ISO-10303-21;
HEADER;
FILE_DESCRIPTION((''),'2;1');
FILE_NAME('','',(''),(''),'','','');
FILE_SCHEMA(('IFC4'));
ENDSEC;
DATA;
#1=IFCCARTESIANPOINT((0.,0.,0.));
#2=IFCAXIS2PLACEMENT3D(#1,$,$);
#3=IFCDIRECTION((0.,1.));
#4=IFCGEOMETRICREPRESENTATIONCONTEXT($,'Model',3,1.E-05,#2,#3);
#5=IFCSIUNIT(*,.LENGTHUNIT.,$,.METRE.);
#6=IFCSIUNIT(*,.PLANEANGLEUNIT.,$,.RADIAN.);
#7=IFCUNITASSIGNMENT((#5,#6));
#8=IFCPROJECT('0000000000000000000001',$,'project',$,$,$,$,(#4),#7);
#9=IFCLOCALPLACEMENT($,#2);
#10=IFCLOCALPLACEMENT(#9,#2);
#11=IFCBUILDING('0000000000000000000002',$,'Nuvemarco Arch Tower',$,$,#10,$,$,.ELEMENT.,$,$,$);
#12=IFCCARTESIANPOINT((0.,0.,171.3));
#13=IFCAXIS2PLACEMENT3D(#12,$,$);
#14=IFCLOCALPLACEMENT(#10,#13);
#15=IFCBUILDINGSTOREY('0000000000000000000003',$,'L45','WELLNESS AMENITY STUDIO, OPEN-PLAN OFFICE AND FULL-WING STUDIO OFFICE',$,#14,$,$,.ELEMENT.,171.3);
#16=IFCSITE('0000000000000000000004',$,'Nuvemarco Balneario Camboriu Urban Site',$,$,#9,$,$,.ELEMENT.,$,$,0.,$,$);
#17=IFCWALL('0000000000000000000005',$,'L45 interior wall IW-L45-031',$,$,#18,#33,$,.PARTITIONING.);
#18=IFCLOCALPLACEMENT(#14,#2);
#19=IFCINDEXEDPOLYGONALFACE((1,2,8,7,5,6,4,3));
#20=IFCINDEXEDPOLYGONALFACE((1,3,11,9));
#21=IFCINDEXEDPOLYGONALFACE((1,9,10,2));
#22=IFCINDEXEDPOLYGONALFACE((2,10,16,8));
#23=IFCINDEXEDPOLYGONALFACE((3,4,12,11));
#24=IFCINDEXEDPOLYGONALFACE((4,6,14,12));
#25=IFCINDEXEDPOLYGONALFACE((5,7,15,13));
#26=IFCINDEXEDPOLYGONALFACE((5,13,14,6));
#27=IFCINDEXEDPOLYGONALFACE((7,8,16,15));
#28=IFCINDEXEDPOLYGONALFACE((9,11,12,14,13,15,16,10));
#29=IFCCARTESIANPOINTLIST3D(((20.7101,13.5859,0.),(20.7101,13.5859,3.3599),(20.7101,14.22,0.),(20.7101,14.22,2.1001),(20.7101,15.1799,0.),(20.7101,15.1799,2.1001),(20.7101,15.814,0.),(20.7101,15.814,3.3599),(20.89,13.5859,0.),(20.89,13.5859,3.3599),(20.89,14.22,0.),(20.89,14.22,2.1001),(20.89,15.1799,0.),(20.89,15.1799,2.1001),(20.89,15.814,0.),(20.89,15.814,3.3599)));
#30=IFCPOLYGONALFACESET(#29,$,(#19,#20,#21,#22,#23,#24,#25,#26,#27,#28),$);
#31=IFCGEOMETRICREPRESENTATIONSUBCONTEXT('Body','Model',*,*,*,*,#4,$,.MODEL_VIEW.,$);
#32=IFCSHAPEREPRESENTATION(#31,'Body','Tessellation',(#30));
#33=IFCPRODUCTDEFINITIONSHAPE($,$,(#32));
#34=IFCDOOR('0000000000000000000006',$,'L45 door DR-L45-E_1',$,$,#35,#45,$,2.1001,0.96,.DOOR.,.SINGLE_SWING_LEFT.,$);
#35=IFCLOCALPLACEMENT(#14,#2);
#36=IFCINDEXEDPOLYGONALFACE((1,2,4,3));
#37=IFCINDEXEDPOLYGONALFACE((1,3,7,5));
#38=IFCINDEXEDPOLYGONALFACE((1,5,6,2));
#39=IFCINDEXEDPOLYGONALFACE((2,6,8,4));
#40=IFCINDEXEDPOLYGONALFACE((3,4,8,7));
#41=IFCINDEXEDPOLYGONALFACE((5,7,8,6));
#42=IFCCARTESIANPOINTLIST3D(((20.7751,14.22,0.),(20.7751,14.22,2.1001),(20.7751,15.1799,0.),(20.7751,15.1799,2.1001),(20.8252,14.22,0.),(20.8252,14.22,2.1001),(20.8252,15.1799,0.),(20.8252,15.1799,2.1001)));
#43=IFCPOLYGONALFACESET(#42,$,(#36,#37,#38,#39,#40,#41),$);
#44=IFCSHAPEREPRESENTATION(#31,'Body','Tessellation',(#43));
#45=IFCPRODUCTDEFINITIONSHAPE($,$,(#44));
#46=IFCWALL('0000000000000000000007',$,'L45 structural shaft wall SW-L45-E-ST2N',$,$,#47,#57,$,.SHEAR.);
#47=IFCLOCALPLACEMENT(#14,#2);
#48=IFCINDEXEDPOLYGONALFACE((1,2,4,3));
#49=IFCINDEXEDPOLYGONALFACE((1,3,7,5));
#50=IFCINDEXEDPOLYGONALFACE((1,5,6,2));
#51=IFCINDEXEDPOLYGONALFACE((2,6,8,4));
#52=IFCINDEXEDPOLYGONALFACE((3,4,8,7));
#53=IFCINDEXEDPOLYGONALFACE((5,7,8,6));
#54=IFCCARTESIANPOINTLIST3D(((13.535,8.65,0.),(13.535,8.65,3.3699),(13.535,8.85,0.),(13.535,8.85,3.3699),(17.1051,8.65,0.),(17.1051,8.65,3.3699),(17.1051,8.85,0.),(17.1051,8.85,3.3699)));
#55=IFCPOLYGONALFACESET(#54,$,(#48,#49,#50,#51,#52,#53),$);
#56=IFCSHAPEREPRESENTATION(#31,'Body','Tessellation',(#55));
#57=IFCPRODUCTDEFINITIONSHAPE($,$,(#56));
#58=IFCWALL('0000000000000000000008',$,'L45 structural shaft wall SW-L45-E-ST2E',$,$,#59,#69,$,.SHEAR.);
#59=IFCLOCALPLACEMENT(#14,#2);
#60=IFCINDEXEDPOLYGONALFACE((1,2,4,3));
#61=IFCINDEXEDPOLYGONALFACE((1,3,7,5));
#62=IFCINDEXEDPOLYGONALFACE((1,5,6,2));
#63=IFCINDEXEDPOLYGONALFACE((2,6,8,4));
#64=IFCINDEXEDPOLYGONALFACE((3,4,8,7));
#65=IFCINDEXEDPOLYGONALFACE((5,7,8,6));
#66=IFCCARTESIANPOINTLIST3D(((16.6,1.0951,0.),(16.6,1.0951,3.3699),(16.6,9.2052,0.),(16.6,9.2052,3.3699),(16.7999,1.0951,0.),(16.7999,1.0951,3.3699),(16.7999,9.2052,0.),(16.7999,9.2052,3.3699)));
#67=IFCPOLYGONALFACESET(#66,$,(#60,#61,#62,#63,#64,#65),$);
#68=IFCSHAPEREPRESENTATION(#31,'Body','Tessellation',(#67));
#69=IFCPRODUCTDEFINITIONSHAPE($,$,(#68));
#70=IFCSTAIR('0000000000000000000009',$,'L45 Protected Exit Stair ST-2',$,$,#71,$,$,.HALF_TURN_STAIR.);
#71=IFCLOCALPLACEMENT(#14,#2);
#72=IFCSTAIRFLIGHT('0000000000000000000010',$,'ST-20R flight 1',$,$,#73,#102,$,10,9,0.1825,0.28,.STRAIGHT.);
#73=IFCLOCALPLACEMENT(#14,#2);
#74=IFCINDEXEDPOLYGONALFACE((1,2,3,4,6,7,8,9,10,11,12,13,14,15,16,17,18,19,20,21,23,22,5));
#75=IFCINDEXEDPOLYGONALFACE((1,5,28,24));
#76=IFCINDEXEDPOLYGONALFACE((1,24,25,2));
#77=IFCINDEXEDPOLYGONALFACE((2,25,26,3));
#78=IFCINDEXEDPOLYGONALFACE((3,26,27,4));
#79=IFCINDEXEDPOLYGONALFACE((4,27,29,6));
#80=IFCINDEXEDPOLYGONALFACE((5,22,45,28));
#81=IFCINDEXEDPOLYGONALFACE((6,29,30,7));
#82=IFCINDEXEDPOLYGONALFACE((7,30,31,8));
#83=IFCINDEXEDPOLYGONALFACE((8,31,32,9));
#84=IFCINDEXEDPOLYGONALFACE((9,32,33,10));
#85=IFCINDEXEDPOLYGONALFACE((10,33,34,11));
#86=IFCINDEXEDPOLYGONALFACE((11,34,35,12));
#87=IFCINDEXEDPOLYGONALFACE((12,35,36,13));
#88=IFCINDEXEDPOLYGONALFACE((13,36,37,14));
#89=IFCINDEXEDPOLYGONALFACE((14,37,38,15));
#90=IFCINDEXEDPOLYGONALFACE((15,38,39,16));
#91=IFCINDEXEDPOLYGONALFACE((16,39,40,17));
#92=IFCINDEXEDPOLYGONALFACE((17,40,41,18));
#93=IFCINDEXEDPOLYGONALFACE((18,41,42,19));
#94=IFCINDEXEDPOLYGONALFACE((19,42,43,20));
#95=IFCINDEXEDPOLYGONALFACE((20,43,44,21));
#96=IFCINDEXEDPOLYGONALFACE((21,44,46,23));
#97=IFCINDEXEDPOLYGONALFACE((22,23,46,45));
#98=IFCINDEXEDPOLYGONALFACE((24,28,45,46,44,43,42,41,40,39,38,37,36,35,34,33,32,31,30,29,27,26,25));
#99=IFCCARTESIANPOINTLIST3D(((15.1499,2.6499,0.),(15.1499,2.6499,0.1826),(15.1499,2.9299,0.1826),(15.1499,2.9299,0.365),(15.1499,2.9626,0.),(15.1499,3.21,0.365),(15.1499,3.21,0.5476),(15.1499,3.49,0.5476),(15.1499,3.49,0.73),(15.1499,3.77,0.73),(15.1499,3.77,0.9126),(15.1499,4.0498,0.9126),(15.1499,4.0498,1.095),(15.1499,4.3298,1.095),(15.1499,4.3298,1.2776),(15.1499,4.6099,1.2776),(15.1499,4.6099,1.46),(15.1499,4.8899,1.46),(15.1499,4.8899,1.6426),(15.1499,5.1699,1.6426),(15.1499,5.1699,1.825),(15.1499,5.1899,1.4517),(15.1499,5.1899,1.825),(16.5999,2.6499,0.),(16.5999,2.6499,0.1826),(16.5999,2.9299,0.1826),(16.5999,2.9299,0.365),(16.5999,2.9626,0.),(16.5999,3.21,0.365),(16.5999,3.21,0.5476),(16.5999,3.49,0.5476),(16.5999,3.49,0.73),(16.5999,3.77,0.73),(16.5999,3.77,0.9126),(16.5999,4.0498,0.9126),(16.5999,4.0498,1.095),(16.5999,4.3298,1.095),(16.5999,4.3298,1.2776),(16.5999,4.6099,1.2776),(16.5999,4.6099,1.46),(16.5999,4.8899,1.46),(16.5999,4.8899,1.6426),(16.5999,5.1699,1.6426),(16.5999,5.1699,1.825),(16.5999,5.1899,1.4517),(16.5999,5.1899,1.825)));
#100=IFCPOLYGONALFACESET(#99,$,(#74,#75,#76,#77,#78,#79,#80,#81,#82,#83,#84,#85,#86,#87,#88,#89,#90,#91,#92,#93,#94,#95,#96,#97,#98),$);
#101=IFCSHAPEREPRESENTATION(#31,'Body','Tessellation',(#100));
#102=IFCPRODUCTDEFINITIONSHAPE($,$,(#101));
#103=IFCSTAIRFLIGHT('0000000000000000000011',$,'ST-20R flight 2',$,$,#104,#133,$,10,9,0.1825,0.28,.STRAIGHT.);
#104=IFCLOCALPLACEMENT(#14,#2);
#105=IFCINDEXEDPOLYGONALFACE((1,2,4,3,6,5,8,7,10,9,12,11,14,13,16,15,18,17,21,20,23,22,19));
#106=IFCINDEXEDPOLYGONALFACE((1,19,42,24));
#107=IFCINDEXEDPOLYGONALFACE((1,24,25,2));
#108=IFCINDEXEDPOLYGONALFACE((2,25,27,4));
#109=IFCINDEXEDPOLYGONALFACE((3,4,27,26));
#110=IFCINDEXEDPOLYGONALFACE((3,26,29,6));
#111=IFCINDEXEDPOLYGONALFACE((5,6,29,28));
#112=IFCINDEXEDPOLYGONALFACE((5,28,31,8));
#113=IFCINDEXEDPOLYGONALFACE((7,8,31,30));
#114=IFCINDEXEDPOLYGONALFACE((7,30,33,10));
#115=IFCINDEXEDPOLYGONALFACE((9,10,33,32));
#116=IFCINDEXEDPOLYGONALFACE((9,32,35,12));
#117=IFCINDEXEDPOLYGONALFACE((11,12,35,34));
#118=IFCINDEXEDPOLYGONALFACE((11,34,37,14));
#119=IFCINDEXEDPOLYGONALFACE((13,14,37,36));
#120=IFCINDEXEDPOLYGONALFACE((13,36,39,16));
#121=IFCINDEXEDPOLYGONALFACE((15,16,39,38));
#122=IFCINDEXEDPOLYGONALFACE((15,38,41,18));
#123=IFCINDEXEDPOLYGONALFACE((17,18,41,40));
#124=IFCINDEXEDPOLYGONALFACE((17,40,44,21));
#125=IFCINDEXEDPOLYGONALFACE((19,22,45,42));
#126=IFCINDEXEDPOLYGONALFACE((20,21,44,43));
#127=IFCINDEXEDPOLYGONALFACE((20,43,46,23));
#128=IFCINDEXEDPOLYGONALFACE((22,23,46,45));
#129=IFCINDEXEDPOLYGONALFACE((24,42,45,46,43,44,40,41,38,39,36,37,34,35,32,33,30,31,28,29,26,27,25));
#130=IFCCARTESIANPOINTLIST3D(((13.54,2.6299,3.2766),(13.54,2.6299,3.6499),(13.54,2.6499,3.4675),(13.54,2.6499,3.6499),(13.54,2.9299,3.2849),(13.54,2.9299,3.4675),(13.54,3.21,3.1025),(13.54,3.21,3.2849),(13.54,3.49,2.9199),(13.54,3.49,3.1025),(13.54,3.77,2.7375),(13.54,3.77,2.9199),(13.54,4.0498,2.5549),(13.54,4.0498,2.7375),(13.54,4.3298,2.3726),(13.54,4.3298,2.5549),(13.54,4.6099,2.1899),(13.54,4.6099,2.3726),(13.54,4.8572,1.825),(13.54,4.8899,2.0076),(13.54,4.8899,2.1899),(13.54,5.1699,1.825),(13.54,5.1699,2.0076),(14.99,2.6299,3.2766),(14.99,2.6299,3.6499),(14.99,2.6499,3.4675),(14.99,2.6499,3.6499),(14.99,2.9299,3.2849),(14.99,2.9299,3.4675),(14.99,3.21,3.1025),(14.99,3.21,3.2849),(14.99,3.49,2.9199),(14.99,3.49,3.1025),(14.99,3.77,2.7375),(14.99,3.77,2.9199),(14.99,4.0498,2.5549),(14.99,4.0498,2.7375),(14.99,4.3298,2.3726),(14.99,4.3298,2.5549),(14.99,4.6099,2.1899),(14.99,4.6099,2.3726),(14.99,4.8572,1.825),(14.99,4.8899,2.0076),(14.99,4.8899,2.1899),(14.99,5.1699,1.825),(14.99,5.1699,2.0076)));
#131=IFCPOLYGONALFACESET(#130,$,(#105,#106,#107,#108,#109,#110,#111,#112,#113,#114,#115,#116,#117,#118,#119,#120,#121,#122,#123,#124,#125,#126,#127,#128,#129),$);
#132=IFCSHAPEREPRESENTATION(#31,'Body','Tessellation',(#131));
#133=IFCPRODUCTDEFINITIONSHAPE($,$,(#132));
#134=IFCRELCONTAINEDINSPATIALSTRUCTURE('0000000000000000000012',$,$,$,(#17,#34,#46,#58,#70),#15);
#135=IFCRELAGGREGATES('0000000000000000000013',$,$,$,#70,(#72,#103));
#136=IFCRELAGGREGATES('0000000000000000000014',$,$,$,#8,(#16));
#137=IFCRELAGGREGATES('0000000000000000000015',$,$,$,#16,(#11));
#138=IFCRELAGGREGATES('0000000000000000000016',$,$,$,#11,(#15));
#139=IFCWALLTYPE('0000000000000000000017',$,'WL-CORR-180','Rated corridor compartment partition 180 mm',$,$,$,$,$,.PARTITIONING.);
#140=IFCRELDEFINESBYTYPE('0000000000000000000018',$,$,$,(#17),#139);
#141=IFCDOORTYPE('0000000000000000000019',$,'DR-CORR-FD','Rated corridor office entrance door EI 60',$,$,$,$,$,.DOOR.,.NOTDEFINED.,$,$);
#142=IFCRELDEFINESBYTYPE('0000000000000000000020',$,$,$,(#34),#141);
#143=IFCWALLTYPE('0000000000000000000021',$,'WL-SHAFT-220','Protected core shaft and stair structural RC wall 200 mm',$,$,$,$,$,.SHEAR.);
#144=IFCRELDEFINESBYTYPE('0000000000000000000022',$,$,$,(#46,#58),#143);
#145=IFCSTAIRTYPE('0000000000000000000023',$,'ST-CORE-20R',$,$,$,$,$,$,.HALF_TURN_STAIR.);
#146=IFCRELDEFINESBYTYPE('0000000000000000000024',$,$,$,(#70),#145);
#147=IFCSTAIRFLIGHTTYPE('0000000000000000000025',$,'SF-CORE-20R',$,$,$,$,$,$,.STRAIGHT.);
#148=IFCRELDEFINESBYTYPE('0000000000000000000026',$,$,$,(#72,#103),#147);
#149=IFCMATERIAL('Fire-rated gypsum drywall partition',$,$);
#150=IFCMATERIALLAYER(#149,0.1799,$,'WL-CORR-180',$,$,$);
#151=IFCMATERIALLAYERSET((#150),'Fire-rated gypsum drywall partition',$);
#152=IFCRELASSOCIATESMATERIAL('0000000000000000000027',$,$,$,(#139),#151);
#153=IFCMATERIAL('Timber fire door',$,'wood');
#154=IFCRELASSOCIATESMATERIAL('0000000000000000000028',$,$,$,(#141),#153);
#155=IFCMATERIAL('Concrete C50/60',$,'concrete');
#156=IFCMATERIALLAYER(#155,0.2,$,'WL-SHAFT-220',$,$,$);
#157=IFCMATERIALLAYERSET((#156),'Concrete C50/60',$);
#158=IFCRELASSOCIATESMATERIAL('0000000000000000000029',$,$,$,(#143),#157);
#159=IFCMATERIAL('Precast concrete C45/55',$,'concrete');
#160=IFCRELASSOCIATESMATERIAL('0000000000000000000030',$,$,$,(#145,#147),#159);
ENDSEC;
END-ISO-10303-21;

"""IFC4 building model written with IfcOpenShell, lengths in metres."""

from ifc_helpers import new_model, si_unit, direction, frame, frame_2d, origin, place, context, subcontext, project, spatial, polyline, rectangle, outline, extrude, source, transform, mapped, material, layer, layer_set, type_object, type_shapes, element, fill, aggregate, save


model = new_model("IFC4")

# Units and contexts
model_context = context("Model", 3, precision=1e-05, world=origin(), true_north=direction((0.0, 1.0)))
body_context = subcontext(model_context, "Body", "Model", "MODEL_VIEW")
ifc_project = project(units=[si_unit("LENGTHUNIT", "METRE"), si_unit("PLANEANGLEUNIT", "RADIAN")], contexts=[model_context])

# Site, building, storey
site_placement = place(None, origin())
site = spatial("IfcSite", under=ifc_project, at=site_placement, Name="Nuvemarco Balneario Camboriu Urban Site", CompositionType="ELEMENT", RefElevation=0.0)
building_placement = place(site_placement, origin())
building = spatial("IfcBuilding", under=site, at=building_placement, Name="Nuvemarco Arch Tower", CompositionType="ELEMENT")
storey_placement = place(building_placement, frame((0.0, 0.0, 171.3)))
storey = spatial("IfcBuildingStorey", under=building, at=storey_placement, Name="L45", Description="WELLNESS AMENITY STUDIO, OPEN-PLAN OFFICE AND FULL-WING STUDIO OFFICE", CompositionType="ELEMENT", Elevation=171.3)

# Shared definitions
ifc_material_1 = material(Name="Concrete C50/60", Category="concrete")

# Shared definitions
ifc_material_2 = material(Name="Precast concrete C45/55", Category="concrete")

# Shared definitions
ifc_material_3 = material(Name="Fire-rated gypsum drywall partition")
ifc_layer_1 = layer(ifc_material_3, 0.1799, Name="WL-CORR-180")
ifc_layer_set_1 = layer_set([ifc_layer_1], Name="Fire-rated gypsum drywall partition")
wall_type_1 = type_object("IfcWallType", Name="WL-CORR-180", Description="Rated corridor compartment partition 180 mm", PredefinedType="PARTITIONING", material=ifc_layer_set_1)

# Wall, opening, door
wall_1_placement = place(storey_placement, frame((20.8, 13.5859, 0.0), z_axis=(0.0, 0.0, 1.0), x_axis=(0.0, 1.0, 0.0)))
wall_1 = element("IfcWall", 1, at=wall_1_placement, inside=storey, type_object=wall_type_1, Name="L45 interior wall IW-L45-031", PredefinedType="PARTITIONING", context=body_context, shape_type="SweptSolid", body=[
    extrude(rectangle(XDim=2.228, YDim=0.1799, at=frame_2d((1.114, 0.0))), origin(), (0.0, 0.0, 1.0), 3.3599),
])
opening_placement = place(wall_1_placement, frame((0.634, 0.0, 0.0)))
opening = element("IfcOpeningElement", 2, at=opening_placement, cuts=wall_1, PredefinedType="OPENING", context=body_context, shape_type="SweptSolid", body=[
    extrude(rectangle(XDim=0.96, YDim=2.1001, at=frame_2d((0.48, 1.05))), frame((0.0, 0.0999, 0.0), z_axis=(0.0, -1.0, 0.0), x_axis=(1.0, 0.0, 0.0)), (0.0, 0.0, 1.0), 0.2),
])
ifc_material_4 = material(Name="Timber fire door", Category="wood")
door_type = type_object("IfcDoorType", Name="DR-CORR-FD", Description="Rated corridor office entrance door EI 60", OperationType="NOTDEFINED", PredefinedType="DOOR", material=ifc_material_4)
shared_shape_1 = source(origin(), body_context, "Body", "SweptSolid", [
    extrude(rectangle(XDim=0.96, YDim=2.1001, at=frame_2d((0.48, 1.05))), frame((0.0, 0.0249, 0.0), z_axis=(0.0, -1.0, 0.0), x_axis=(1.0, 0.0, 0.0)), (0.0, 0.0, 1.0), 0.05),
])
type_shapes(door_type, [shared_shape_1])
door_placement = place(opening_placement, origin())
door = element("IfcDoor", 3, at=door_placement, inside=storey, type_object=door_type, Name="L45 door DR-L45-E_1", OperationType="SINGLE_SWING_LEFT", OverallHeight=2.1001, OverallWidth=0.96, PredefinedType="DOOR", context=body_context, shape_type="MappedRepresentation", body=[
    mapped(shared_shape_1, transform((0.0, 0.0, 0.0), scale=1.0)),
])
fill(opening, door)

# Walls
ifc_layer_2 = layer(ifc_material_1, 0.2, Name="WL-SHAFT-220")
ifc_layer_set_2 = layer_set([ifc_layer_2], Name="Concrete C50/60")
wall_type_2 = type_object("IfcWallType", Name="WL-SHAFT-220", Description="Protected core shaft and stair structural RC wall 200 mm", PredefinedType="SHEAR", material=ifc_layer_set_2)
wall_2_placement = place(storey_placement, frame((13.5349, 8.75, 0.0), z_axis=(0.0, 0.0, 1.0), x_axis=(1.0, 0.0, 0.0)))
element("IfcWall", 4, at=wall_2_placement, inside=storey, type_object=wall_type_2, Name="L45 structural shaft wall SW-L45-E-ST2N", PredefinedType="SHEAR", context=body_context, shape_type="SweptSolid", body=[
    extrude(rectangle(XDim=3.5701, YDim=0.2, at=frame_2d((1.7852, 0.0))), origin(), (0.0, 0.0, 1.0), 3.3699),
])
wall_3_placement = place(storey_placement, frame((16.7, 1.095, 0.0), z_axis=(0.0, 0.0, 1.0), x_axis=(0.0, 1.0, 0.0)))
element("IfcWall", 5, at=wall_3_placement, inside=storey, type_object=wall_type_2, Name="L45 structural shaft wall SW-L45-E-ST2E", PredefinedType="SHEAR", context=body_context, shape_type="SweptSolid", body=[
    extrude(rectangle(XDim=8.1101, YDim=0.2, at=frame_2d((4.0552, 0.0))), origin(), (0.0, 0.0, 1.0), 3.3699),
])

# Stair, stair flights
stair_type = type_object("IfcStairType", Name="ST-CORE-20R", PredefinedType="HALF_TURN_STAIR", material=ifc_material_2)
stair_placement = place(storey_placement, origin())
stair = element("IfcStair", 6, at=stair_placement, inside=storey, type_object=stair_type, Name="L45 Protected Exit Stair ST-2", PredefinedType="HALF_TURN_STAIR")
stair_flight_type = type_object("IfcStairFlightType", Name="SF-CORE-20R", PredefinedType="STRAIGHT", material=ifc_material_2)
stair_flight_1_placement = place(storey_placement, frame((15.875, 2.6499, 0.0), z_axis=(0.0, 0.0, 1.0), x_axis=(0.0, 1.0, 0.0)))
stair_flight_1 = element("IfcStairFlight", 7, at=stair_flight_1_placement, type_object=stair_flight_type, Name="ST-20R flight 1", NumberOfRisers=10, NumberOfTreads=9, PredefinedType="STRAIGHT", RiserHeight=0.1825, TreadLength=0.28, context=body_context, shape_type="SweptSolid", body=[
    extrude(outline(polyline([(0.0, 0.0), (0.0, 0.1826), (0.28, 0.1826), (0.28, 0.365), (0.5601, 0.365), (0.5601, 0.5476), (0.8401, 0.5476), (0.8401, 0.73), (1.1201, 0.73), (1.1201, 0.9126), (1.3999, 0.9126), (1.3999, 1.095), (1.6799, 1.095), (1.6799, 1.2776), (1.96, 1.2776), (1.96, 1.46), (2.24, 1.46), (2.24, 1.6426), (2.52, 1.6426), (2.52, 1.825), (2.54, 1.825), (2.54, 1.4517), (0.3127, 0.0), (0.0, 0.0)])), frame((0.0, 0.7251, 0.0), z_axis=(0.0, -1.0, 0.0), x_axis=(1.0, 0.0, 0.0)), (0.0, 0.0, 1.0), 1.45),
])
stair_flight_2_placement = place(storey_placement, frame((14.2649, 5.1699, 1.825), z_axis=(0.0, 0.0, 1.0), x_axis=(0.0, -1.0, 0.0)))
stair_flight_2 = element("IfcStairFlight", 8, at=stair_flight_2_placement, type_object=stair_flight_type, Name="ST-20R flight 2", NumberOfRisers=10, NumberOfTreads=9, PredefinedType="STRAIGHT", RiserHeight=0.1825, TreadLength=0.28, context=body_context, shape_type="SweptSolid", body=[
    extrude(outline(polyline([(0.0, 0.0), (0.0, 0.1826), (0.28, 0.1826), (0.28, 0.365), (0.5601, 0.365), (0.5601, 0.5476), (0.8401, 0.5476), (0.8401, 0.73), (1.1201, 0.73), (1.1201, 0.9126), (1.3999, 0.9126), (1.3999, 1.095), (1.6799, 1.095), (1.6799, 1.2776), (1.96, 1.2776), (1.96, 1.46), (2.24, 1.46), (2.24, 1.6426), (2.52, 1.6426), (2.52, 1.825), (2.54, 1.825), (2.54, 1.4517), (0.3127, 0.0), (0.0, 0.0)])), frame((0.0, 0.7251, 0.0), z_axis=(0.0, -1.0, 0.0), x_axis=(1.0, 0.0, 0.0)), (0.0, 0.0, 1.0), 1.45),
])
aggregate(stair, [stair_flight_1, stair_flight_2])

save(model, "model.ifc")
